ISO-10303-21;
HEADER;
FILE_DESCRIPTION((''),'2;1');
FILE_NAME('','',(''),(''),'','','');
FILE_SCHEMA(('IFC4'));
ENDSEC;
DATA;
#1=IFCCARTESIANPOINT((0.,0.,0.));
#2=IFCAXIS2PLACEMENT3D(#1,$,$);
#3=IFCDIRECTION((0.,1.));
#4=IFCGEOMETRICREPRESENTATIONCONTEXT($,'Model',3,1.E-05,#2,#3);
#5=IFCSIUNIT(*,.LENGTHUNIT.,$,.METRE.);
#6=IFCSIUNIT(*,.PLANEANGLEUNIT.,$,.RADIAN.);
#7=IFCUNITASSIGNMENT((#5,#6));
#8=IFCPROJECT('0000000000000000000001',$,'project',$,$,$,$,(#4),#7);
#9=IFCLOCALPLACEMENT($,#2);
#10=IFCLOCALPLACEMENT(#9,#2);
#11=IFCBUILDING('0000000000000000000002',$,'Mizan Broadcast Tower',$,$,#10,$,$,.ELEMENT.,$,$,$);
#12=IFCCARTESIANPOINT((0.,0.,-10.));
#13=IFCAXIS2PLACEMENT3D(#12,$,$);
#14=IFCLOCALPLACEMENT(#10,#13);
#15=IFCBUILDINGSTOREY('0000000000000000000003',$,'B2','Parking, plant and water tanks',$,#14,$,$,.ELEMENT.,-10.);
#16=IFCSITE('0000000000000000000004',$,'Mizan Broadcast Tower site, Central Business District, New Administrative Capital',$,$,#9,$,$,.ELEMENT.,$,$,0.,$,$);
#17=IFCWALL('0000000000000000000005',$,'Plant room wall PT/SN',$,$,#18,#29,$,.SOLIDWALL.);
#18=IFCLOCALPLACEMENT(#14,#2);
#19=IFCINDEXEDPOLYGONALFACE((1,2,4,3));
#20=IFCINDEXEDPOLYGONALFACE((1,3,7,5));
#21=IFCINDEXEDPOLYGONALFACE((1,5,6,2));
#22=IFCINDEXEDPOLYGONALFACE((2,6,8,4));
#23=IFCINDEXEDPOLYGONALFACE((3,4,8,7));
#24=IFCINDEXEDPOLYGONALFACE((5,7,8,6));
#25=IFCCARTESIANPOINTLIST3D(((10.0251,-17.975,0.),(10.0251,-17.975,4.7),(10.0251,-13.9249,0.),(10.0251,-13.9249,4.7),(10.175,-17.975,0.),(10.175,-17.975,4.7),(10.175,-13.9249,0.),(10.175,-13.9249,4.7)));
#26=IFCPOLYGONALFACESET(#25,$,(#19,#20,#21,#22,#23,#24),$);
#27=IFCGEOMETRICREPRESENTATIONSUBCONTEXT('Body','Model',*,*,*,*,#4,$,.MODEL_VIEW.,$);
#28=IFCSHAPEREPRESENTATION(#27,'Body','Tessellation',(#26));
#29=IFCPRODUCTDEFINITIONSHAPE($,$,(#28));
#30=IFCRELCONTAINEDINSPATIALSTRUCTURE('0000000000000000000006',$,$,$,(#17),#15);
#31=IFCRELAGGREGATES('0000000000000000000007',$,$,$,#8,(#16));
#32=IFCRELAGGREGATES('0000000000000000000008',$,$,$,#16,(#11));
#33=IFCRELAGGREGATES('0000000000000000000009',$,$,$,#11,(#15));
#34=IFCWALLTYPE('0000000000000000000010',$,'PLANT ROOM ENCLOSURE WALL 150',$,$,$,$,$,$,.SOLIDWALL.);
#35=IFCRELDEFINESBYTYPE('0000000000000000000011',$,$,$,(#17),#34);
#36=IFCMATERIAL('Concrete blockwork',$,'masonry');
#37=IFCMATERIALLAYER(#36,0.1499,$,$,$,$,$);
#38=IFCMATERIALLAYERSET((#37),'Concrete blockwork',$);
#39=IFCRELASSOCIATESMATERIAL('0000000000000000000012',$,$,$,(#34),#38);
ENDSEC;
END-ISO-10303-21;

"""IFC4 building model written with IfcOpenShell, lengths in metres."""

from ifc_helpers import new_model, si_unit, direction, frame, frame_2d, origin, place, context, subcontext, project, spatial, rectangle, extrude, material, layer, layer_set, type_object, element, save


model = new_model("IFC4")

# Units and contexts
model_context = context("Model", 3, precision=1e-05, world=origin(), true_north=direction((0.0, 1.0)))
body_context = subcontext(model_context, "Body", "Model", "MODEL_VIEW")
ifc_project = project(units=[si_unit("LENGTHUNIT", "METRE"), si_unit("PLANEANGLEUNIT", "RADIAN")], contexts=[model_context])

# Site, building, storey
site_placement = place(None, origin())
site = spatial("IfcSite", under=ifc_project, at=site_placement, Name="Mizan Broadcast Tower site, Central Business District, New Administrative Capital", CompositionType="ELEMENT", RefElevation=0.0)
building_placement = place(site_placement, origin())
building = spatial("IfcBuilding", under=site, at=building_placement, Name="Mizan Broadcast Tower", CompositionType="ELEMENT")
storey_placement = place(building_placement, frame((0.0, 0.0, -10.0)))
storey = spatial("IfcBuildingStorey", under=building, at=storey_placement, Name="B2", Description="Parking, plant and water tanks", CompositionType="ELEMENT", Elevation=-10.0)

# Shared definitions
ifc_material_1 = material(Name="Concrete blockwork", Category="masonry")
ifc_layer_1 = layer(ifc_material_1, 0.1499)
ifc_layer_set_1 = layer_set([ifc_layer_1], Name="Concrete blockwork")
wall_type_1 = type_object("IfcWallType", Name="PLANT ROOM ENCLOSURE WALL 150", PredefinedType="SOLIDWALL", material=ifc_layer_set_1)

# Wall
wall_1_placement = place(storey_placement, frame((10.1001, -13.925, 0.0), z_axis=(0.0, 0.0, 1.0), x_axis=(0.0, -1.0, 0.0)))
element("IfcWall", 1, at=wall_1_placement, inside=storey, type_object=wall_type_1, Name="Plant room wall PT/SN", PredefinedType="SOLIDWALL", context=body_context, shape_type="SweptSolid", body=[
    extrude(rectangle(XDim=4.05, YDim=0.1499, at=frame_2d((2.0249, 0.0))), origin(), (0.0, 0.0, 1.0), 4.7),
])

save(model, "model.ifc")
